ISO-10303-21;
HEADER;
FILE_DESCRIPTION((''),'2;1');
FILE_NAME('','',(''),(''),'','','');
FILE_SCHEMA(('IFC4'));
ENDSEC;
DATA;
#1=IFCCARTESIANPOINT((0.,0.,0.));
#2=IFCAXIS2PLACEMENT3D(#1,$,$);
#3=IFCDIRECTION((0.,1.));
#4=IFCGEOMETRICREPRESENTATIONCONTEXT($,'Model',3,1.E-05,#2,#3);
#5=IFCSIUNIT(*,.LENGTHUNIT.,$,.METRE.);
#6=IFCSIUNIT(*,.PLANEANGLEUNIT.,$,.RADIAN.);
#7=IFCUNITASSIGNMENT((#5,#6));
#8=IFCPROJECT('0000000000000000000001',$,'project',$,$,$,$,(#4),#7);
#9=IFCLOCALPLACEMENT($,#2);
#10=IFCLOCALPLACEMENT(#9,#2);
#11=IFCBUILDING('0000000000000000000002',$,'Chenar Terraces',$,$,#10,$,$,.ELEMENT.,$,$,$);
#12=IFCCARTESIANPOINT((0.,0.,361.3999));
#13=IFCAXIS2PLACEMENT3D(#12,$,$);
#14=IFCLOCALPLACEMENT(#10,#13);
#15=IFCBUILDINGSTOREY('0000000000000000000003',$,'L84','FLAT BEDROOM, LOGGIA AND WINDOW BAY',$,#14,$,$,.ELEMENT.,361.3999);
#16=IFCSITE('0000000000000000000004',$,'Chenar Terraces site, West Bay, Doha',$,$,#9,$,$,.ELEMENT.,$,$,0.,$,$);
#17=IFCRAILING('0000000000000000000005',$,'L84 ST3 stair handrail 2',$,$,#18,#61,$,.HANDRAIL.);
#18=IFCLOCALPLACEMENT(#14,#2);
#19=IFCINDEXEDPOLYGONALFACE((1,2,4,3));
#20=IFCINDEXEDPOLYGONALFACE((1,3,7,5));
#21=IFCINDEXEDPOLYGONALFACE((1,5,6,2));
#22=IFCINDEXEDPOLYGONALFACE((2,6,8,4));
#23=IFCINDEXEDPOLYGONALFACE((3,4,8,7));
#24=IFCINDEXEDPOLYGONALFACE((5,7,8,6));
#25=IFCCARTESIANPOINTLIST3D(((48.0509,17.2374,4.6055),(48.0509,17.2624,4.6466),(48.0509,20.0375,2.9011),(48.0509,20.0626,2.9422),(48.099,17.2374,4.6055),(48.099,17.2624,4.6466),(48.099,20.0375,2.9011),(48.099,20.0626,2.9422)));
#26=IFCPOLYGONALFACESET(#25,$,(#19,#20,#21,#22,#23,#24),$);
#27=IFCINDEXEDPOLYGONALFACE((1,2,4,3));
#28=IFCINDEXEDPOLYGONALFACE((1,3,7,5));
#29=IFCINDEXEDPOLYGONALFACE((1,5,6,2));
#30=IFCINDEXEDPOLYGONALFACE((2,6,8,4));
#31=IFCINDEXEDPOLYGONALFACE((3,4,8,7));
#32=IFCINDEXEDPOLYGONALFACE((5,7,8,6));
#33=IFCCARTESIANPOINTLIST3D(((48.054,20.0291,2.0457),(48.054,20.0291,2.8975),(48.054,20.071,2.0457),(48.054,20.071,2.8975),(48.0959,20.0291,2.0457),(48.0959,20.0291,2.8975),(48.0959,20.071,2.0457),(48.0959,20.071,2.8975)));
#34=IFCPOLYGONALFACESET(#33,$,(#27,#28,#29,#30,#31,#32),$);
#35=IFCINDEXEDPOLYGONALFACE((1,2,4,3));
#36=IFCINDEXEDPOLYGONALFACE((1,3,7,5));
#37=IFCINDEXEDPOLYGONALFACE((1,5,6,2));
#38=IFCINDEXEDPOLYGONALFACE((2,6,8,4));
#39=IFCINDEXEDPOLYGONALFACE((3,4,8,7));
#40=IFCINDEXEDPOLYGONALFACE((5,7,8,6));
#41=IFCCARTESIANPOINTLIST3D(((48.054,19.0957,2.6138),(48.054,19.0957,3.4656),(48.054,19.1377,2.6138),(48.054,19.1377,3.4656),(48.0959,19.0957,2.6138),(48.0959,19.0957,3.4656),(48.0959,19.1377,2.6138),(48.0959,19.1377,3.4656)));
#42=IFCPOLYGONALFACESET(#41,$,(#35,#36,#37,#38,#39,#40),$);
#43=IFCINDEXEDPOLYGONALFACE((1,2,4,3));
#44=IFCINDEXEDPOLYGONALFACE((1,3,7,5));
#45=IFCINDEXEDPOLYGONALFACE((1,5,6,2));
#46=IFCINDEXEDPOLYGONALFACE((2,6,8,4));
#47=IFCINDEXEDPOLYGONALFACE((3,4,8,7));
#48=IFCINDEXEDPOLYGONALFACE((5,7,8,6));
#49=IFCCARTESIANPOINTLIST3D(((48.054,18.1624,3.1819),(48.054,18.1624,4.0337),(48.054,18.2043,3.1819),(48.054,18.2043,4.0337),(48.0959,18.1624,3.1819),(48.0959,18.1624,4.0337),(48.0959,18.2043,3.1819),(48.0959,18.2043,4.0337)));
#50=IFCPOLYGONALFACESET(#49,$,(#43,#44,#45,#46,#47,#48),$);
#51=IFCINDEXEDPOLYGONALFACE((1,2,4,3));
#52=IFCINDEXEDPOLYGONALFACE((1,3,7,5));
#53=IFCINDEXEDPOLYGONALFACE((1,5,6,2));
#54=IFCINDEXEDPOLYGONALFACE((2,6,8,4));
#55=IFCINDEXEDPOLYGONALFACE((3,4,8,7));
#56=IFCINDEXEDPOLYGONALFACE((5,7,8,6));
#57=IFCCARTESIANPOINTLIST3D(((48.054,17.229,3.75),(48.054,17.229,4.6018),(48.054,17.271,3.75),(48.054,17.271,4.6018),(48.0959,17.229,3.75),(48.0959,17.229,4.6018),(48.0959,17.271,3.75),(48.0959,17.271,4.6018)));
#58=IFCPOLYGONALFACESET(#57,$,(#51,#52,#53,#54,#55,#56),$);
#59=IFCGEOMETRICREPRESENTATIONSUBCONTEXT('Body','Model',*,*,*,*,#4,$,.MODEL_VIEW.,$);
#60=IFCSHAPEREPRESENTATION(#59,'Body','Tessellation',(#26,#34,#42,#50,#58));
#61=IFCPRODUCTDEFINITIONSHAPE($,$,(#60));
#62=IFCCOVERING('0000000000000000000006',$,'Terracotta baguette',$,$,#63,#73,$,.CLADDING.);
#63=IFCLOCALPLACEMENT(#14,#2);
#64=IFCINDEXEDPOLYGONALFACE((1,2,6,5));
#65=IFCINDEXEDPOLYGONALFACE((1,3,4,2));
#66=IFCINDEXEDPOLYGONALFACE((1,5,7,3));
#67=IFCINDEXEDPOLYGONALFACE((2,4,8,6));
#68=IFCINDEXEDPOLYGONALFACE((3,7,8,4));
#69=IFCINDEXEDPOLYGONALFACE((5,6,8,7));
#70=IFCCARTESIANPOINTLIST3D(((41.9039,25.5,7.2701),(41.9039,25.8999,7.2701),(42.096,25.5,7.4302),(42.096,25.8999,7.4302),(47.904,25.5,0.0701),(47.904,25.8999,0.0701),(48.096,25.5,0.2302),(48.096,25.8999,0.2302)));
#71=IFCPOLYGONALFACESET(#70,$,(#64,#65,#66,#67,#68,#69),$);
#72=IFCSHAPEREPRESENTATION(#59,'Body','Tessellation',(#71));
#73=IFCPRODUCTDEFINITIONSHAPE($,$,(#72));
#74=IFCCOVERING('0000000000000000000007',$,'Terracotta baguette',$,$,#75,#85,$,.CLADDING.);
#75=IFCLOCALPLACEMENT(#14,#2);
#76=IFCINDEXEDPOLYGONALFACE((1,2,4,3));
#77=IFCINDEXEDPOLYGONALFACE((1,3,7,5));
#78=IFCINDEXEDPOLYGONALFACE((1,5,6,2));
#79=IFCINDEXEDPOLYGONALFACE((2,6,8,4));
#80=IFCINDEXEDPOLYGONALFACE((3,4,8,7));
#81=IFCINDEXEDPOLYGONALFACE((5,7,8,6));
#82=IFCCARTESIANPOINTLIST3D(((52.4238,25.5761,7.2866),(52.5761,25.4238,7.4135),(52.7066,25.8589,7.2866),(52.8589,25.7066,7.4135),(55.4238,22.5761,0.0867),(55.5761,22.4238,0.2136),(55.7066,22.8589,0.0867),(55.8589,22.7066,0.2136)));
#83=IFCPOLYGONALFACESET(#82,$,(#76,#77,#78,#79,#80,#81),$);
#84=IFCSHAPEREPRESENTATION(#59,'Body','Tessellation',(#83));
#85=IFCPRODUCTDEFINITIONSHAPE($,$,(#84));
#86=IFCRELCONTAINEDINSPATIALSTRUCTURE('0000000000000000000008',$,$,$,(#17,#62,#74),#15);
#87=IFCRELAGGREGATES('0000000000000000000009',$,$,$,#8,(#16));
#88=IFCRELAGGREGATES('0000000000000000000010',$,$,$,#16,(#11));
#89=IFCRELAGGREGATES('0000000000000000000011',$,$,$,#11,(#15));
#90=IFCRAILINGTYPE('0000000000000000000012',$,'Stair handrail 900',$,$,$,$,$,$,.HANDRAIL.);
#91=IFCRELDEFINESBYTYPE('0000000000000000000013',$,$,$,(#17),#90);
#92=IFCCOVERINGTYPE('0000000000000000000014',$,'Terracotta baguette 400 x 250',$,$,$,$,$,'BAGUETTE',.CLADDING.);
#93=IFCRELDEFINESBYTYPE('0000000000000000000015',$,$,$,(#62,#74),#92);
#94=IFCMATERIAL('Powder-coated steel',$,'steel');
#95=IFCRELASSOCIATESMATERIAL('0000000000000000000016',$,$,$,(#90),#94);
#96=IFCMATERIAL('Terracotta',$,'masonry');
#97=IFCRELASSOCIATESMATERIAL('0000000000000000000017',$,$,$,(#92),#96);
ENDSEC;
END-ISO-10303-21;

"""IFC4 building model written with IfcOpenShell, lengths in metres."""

from ifc_helpers import new_model, si_unit, direction, frame, origin, origin_2d, place, context, subcontext, project, spatial, rectangle, extrude, material, material_profile, profile_set, type_object, element, save


model = new_model("IFC4")

# Units and contexts
model_context = context("Model", 3, precision=1e-05, world=origin(), true_north=direction((0.0, 1.0)))
body_context = subcontext(model_context, "Body", "Model", "MODEL_VIEW")
ifc_project = project(units=[si_unit("LENGTHUNIT", "METRE"), si_unit("PLANEANGLEUNIT", "RADIAN")], contexts=[model_context])

# Site, building, storey
site_placement = place(None, origin())
site = spatial("IfcSite", under=ifc_project, at=site_placement, Name="Chenar Terraces site, West Bay, Doha", CompositionType="ELEMENT", RefElevation=0.0)
building_placement = place(site_placement, origin())
building = spatial("IfcBuilding", under=site, at=building_placement, Name="Chenar Terraces", CompositionType="ELEMENT")
storey_placement = place(building_placement, frame((0.0, 0.0, 361.3999)))
storey = spatial("IfcBuildingStorey", under=building, at=storey_placement, Name="L84", Description="FLAT BEDROOM, LOGGIA AND WINDOW BAY", CompositionType="ELEMENT", Elevation=361.3999)

# Railing
ifc_material_1 = material(Name="Powder-coated steel", Category="steel")
railing_type_1 = type_object("IfcRailingType", Name="Stair handrail 900", PredefinedType="HANDRAIL", material=ifc_material_1)
railing_1_placement = place(storey_placement, frame((48.075, 20.05, 2.0457)))
element("IfcRailing", 1, at=railing_1_placement, inside=storey, type_object=railing_type_1, Name="L84 ST3 stair handrail 2", PredefinedType="HANDRAIL", context=body_context, shape_type="SweptSolid", body=[
    extrude(rectangle(XDim=0.0481, YDim=0.0481, at=origin_2d()), frame((0.0, 0.0, 0.876), z_axis=(0.0, -0.854203, 0.51994), x_axis=(1.0, 0.0, 0.0)), (0.0, 0.0, 1.0), 3.2781),
    extrude(rectangle(XDim=0.042, YDim=0.042, at=origin_2d()), origin(), (0.0, 0.0, 1.0), 0.8518),
    extrude(rectangle(XDim=0.042, YDim=0.042, at=origin_2d()), frame((0.0, -0.9333, 0.5681)), (0.0, 0.0, 1.0), 0.8518),
    extrude(rectangle(XDim=0.042, YDim=0.042, at=origin_2d()), frame((0.0, -1.8667, 1.1362)), (0.0, 0.0, 1.0), 0.8518),
    extrude(rectangle(XDim=0.042, YDim=0.042, at=origin_2d()), frame((0.0, -2.8, 1.7043)), (0.0, 0.0, 1.0), 0.8518),
])

# Coverings
ifc_material_2 = material(Name="Terracotta", Category="masonry")
ifc_material_profile_1 = material_profile(ifc_material_2, rectangle(XDim=0.3999, YDim=0.25, at=origin_2d()), Name="Terracotta baguette 400 x 250")
ifc_profile_set_1 = profile_set([ifc_material_profile_1], Name="Terracotta")
covering_type = type_object("IfcCoveringType", Name="Terracotta baguette 400 x 250", ElementType="BAGUETTE", PredefinedType="CLADDING", material=ifc_profile_set_1)
covering_1_placement = place(storey_placement, frame((48.0, 25.7, 0.1501), z_axis=(-0.640187, 0.0, 0.768219), x_axis=(0.0, -1.0, 0.0)))
element("IfcCovering", 2, at=covering_1_placement, inside=storey, type_object=covering_type, Name="Terracotta baguette", PredefinedType="CLADDING", context=body_context, shape_type="SweptSolid", body=[
    extrude(rectangle(XDim=0.3999, YDim=0.25, at=origin_2d()), origin(), (0.0, 0.0, 1.0), 9.3723),
])
covering_2_placement = place(storey_placement, frame((55.6414, 22.6414, 0.1501), z_axis=(-0.358981, 0.358981, 0.861548), x_axis=(-0.707107, -0.707107, 0.0)))
element("IfcCovering", 3, at=covering_2_placement, inside=storey, type_object=covering_type, Name="Terracotta baguette", PredefinedType="CLADDING", context=body_context, shape_type="SweptSolid", body=[
    extrude(rectangle(XDim=0.3999, YDim=0.25, at=origin_2d()), origin(), (0.0, 0.0, 1.0), 8.3569),
])

save(model, "model.ifc")
